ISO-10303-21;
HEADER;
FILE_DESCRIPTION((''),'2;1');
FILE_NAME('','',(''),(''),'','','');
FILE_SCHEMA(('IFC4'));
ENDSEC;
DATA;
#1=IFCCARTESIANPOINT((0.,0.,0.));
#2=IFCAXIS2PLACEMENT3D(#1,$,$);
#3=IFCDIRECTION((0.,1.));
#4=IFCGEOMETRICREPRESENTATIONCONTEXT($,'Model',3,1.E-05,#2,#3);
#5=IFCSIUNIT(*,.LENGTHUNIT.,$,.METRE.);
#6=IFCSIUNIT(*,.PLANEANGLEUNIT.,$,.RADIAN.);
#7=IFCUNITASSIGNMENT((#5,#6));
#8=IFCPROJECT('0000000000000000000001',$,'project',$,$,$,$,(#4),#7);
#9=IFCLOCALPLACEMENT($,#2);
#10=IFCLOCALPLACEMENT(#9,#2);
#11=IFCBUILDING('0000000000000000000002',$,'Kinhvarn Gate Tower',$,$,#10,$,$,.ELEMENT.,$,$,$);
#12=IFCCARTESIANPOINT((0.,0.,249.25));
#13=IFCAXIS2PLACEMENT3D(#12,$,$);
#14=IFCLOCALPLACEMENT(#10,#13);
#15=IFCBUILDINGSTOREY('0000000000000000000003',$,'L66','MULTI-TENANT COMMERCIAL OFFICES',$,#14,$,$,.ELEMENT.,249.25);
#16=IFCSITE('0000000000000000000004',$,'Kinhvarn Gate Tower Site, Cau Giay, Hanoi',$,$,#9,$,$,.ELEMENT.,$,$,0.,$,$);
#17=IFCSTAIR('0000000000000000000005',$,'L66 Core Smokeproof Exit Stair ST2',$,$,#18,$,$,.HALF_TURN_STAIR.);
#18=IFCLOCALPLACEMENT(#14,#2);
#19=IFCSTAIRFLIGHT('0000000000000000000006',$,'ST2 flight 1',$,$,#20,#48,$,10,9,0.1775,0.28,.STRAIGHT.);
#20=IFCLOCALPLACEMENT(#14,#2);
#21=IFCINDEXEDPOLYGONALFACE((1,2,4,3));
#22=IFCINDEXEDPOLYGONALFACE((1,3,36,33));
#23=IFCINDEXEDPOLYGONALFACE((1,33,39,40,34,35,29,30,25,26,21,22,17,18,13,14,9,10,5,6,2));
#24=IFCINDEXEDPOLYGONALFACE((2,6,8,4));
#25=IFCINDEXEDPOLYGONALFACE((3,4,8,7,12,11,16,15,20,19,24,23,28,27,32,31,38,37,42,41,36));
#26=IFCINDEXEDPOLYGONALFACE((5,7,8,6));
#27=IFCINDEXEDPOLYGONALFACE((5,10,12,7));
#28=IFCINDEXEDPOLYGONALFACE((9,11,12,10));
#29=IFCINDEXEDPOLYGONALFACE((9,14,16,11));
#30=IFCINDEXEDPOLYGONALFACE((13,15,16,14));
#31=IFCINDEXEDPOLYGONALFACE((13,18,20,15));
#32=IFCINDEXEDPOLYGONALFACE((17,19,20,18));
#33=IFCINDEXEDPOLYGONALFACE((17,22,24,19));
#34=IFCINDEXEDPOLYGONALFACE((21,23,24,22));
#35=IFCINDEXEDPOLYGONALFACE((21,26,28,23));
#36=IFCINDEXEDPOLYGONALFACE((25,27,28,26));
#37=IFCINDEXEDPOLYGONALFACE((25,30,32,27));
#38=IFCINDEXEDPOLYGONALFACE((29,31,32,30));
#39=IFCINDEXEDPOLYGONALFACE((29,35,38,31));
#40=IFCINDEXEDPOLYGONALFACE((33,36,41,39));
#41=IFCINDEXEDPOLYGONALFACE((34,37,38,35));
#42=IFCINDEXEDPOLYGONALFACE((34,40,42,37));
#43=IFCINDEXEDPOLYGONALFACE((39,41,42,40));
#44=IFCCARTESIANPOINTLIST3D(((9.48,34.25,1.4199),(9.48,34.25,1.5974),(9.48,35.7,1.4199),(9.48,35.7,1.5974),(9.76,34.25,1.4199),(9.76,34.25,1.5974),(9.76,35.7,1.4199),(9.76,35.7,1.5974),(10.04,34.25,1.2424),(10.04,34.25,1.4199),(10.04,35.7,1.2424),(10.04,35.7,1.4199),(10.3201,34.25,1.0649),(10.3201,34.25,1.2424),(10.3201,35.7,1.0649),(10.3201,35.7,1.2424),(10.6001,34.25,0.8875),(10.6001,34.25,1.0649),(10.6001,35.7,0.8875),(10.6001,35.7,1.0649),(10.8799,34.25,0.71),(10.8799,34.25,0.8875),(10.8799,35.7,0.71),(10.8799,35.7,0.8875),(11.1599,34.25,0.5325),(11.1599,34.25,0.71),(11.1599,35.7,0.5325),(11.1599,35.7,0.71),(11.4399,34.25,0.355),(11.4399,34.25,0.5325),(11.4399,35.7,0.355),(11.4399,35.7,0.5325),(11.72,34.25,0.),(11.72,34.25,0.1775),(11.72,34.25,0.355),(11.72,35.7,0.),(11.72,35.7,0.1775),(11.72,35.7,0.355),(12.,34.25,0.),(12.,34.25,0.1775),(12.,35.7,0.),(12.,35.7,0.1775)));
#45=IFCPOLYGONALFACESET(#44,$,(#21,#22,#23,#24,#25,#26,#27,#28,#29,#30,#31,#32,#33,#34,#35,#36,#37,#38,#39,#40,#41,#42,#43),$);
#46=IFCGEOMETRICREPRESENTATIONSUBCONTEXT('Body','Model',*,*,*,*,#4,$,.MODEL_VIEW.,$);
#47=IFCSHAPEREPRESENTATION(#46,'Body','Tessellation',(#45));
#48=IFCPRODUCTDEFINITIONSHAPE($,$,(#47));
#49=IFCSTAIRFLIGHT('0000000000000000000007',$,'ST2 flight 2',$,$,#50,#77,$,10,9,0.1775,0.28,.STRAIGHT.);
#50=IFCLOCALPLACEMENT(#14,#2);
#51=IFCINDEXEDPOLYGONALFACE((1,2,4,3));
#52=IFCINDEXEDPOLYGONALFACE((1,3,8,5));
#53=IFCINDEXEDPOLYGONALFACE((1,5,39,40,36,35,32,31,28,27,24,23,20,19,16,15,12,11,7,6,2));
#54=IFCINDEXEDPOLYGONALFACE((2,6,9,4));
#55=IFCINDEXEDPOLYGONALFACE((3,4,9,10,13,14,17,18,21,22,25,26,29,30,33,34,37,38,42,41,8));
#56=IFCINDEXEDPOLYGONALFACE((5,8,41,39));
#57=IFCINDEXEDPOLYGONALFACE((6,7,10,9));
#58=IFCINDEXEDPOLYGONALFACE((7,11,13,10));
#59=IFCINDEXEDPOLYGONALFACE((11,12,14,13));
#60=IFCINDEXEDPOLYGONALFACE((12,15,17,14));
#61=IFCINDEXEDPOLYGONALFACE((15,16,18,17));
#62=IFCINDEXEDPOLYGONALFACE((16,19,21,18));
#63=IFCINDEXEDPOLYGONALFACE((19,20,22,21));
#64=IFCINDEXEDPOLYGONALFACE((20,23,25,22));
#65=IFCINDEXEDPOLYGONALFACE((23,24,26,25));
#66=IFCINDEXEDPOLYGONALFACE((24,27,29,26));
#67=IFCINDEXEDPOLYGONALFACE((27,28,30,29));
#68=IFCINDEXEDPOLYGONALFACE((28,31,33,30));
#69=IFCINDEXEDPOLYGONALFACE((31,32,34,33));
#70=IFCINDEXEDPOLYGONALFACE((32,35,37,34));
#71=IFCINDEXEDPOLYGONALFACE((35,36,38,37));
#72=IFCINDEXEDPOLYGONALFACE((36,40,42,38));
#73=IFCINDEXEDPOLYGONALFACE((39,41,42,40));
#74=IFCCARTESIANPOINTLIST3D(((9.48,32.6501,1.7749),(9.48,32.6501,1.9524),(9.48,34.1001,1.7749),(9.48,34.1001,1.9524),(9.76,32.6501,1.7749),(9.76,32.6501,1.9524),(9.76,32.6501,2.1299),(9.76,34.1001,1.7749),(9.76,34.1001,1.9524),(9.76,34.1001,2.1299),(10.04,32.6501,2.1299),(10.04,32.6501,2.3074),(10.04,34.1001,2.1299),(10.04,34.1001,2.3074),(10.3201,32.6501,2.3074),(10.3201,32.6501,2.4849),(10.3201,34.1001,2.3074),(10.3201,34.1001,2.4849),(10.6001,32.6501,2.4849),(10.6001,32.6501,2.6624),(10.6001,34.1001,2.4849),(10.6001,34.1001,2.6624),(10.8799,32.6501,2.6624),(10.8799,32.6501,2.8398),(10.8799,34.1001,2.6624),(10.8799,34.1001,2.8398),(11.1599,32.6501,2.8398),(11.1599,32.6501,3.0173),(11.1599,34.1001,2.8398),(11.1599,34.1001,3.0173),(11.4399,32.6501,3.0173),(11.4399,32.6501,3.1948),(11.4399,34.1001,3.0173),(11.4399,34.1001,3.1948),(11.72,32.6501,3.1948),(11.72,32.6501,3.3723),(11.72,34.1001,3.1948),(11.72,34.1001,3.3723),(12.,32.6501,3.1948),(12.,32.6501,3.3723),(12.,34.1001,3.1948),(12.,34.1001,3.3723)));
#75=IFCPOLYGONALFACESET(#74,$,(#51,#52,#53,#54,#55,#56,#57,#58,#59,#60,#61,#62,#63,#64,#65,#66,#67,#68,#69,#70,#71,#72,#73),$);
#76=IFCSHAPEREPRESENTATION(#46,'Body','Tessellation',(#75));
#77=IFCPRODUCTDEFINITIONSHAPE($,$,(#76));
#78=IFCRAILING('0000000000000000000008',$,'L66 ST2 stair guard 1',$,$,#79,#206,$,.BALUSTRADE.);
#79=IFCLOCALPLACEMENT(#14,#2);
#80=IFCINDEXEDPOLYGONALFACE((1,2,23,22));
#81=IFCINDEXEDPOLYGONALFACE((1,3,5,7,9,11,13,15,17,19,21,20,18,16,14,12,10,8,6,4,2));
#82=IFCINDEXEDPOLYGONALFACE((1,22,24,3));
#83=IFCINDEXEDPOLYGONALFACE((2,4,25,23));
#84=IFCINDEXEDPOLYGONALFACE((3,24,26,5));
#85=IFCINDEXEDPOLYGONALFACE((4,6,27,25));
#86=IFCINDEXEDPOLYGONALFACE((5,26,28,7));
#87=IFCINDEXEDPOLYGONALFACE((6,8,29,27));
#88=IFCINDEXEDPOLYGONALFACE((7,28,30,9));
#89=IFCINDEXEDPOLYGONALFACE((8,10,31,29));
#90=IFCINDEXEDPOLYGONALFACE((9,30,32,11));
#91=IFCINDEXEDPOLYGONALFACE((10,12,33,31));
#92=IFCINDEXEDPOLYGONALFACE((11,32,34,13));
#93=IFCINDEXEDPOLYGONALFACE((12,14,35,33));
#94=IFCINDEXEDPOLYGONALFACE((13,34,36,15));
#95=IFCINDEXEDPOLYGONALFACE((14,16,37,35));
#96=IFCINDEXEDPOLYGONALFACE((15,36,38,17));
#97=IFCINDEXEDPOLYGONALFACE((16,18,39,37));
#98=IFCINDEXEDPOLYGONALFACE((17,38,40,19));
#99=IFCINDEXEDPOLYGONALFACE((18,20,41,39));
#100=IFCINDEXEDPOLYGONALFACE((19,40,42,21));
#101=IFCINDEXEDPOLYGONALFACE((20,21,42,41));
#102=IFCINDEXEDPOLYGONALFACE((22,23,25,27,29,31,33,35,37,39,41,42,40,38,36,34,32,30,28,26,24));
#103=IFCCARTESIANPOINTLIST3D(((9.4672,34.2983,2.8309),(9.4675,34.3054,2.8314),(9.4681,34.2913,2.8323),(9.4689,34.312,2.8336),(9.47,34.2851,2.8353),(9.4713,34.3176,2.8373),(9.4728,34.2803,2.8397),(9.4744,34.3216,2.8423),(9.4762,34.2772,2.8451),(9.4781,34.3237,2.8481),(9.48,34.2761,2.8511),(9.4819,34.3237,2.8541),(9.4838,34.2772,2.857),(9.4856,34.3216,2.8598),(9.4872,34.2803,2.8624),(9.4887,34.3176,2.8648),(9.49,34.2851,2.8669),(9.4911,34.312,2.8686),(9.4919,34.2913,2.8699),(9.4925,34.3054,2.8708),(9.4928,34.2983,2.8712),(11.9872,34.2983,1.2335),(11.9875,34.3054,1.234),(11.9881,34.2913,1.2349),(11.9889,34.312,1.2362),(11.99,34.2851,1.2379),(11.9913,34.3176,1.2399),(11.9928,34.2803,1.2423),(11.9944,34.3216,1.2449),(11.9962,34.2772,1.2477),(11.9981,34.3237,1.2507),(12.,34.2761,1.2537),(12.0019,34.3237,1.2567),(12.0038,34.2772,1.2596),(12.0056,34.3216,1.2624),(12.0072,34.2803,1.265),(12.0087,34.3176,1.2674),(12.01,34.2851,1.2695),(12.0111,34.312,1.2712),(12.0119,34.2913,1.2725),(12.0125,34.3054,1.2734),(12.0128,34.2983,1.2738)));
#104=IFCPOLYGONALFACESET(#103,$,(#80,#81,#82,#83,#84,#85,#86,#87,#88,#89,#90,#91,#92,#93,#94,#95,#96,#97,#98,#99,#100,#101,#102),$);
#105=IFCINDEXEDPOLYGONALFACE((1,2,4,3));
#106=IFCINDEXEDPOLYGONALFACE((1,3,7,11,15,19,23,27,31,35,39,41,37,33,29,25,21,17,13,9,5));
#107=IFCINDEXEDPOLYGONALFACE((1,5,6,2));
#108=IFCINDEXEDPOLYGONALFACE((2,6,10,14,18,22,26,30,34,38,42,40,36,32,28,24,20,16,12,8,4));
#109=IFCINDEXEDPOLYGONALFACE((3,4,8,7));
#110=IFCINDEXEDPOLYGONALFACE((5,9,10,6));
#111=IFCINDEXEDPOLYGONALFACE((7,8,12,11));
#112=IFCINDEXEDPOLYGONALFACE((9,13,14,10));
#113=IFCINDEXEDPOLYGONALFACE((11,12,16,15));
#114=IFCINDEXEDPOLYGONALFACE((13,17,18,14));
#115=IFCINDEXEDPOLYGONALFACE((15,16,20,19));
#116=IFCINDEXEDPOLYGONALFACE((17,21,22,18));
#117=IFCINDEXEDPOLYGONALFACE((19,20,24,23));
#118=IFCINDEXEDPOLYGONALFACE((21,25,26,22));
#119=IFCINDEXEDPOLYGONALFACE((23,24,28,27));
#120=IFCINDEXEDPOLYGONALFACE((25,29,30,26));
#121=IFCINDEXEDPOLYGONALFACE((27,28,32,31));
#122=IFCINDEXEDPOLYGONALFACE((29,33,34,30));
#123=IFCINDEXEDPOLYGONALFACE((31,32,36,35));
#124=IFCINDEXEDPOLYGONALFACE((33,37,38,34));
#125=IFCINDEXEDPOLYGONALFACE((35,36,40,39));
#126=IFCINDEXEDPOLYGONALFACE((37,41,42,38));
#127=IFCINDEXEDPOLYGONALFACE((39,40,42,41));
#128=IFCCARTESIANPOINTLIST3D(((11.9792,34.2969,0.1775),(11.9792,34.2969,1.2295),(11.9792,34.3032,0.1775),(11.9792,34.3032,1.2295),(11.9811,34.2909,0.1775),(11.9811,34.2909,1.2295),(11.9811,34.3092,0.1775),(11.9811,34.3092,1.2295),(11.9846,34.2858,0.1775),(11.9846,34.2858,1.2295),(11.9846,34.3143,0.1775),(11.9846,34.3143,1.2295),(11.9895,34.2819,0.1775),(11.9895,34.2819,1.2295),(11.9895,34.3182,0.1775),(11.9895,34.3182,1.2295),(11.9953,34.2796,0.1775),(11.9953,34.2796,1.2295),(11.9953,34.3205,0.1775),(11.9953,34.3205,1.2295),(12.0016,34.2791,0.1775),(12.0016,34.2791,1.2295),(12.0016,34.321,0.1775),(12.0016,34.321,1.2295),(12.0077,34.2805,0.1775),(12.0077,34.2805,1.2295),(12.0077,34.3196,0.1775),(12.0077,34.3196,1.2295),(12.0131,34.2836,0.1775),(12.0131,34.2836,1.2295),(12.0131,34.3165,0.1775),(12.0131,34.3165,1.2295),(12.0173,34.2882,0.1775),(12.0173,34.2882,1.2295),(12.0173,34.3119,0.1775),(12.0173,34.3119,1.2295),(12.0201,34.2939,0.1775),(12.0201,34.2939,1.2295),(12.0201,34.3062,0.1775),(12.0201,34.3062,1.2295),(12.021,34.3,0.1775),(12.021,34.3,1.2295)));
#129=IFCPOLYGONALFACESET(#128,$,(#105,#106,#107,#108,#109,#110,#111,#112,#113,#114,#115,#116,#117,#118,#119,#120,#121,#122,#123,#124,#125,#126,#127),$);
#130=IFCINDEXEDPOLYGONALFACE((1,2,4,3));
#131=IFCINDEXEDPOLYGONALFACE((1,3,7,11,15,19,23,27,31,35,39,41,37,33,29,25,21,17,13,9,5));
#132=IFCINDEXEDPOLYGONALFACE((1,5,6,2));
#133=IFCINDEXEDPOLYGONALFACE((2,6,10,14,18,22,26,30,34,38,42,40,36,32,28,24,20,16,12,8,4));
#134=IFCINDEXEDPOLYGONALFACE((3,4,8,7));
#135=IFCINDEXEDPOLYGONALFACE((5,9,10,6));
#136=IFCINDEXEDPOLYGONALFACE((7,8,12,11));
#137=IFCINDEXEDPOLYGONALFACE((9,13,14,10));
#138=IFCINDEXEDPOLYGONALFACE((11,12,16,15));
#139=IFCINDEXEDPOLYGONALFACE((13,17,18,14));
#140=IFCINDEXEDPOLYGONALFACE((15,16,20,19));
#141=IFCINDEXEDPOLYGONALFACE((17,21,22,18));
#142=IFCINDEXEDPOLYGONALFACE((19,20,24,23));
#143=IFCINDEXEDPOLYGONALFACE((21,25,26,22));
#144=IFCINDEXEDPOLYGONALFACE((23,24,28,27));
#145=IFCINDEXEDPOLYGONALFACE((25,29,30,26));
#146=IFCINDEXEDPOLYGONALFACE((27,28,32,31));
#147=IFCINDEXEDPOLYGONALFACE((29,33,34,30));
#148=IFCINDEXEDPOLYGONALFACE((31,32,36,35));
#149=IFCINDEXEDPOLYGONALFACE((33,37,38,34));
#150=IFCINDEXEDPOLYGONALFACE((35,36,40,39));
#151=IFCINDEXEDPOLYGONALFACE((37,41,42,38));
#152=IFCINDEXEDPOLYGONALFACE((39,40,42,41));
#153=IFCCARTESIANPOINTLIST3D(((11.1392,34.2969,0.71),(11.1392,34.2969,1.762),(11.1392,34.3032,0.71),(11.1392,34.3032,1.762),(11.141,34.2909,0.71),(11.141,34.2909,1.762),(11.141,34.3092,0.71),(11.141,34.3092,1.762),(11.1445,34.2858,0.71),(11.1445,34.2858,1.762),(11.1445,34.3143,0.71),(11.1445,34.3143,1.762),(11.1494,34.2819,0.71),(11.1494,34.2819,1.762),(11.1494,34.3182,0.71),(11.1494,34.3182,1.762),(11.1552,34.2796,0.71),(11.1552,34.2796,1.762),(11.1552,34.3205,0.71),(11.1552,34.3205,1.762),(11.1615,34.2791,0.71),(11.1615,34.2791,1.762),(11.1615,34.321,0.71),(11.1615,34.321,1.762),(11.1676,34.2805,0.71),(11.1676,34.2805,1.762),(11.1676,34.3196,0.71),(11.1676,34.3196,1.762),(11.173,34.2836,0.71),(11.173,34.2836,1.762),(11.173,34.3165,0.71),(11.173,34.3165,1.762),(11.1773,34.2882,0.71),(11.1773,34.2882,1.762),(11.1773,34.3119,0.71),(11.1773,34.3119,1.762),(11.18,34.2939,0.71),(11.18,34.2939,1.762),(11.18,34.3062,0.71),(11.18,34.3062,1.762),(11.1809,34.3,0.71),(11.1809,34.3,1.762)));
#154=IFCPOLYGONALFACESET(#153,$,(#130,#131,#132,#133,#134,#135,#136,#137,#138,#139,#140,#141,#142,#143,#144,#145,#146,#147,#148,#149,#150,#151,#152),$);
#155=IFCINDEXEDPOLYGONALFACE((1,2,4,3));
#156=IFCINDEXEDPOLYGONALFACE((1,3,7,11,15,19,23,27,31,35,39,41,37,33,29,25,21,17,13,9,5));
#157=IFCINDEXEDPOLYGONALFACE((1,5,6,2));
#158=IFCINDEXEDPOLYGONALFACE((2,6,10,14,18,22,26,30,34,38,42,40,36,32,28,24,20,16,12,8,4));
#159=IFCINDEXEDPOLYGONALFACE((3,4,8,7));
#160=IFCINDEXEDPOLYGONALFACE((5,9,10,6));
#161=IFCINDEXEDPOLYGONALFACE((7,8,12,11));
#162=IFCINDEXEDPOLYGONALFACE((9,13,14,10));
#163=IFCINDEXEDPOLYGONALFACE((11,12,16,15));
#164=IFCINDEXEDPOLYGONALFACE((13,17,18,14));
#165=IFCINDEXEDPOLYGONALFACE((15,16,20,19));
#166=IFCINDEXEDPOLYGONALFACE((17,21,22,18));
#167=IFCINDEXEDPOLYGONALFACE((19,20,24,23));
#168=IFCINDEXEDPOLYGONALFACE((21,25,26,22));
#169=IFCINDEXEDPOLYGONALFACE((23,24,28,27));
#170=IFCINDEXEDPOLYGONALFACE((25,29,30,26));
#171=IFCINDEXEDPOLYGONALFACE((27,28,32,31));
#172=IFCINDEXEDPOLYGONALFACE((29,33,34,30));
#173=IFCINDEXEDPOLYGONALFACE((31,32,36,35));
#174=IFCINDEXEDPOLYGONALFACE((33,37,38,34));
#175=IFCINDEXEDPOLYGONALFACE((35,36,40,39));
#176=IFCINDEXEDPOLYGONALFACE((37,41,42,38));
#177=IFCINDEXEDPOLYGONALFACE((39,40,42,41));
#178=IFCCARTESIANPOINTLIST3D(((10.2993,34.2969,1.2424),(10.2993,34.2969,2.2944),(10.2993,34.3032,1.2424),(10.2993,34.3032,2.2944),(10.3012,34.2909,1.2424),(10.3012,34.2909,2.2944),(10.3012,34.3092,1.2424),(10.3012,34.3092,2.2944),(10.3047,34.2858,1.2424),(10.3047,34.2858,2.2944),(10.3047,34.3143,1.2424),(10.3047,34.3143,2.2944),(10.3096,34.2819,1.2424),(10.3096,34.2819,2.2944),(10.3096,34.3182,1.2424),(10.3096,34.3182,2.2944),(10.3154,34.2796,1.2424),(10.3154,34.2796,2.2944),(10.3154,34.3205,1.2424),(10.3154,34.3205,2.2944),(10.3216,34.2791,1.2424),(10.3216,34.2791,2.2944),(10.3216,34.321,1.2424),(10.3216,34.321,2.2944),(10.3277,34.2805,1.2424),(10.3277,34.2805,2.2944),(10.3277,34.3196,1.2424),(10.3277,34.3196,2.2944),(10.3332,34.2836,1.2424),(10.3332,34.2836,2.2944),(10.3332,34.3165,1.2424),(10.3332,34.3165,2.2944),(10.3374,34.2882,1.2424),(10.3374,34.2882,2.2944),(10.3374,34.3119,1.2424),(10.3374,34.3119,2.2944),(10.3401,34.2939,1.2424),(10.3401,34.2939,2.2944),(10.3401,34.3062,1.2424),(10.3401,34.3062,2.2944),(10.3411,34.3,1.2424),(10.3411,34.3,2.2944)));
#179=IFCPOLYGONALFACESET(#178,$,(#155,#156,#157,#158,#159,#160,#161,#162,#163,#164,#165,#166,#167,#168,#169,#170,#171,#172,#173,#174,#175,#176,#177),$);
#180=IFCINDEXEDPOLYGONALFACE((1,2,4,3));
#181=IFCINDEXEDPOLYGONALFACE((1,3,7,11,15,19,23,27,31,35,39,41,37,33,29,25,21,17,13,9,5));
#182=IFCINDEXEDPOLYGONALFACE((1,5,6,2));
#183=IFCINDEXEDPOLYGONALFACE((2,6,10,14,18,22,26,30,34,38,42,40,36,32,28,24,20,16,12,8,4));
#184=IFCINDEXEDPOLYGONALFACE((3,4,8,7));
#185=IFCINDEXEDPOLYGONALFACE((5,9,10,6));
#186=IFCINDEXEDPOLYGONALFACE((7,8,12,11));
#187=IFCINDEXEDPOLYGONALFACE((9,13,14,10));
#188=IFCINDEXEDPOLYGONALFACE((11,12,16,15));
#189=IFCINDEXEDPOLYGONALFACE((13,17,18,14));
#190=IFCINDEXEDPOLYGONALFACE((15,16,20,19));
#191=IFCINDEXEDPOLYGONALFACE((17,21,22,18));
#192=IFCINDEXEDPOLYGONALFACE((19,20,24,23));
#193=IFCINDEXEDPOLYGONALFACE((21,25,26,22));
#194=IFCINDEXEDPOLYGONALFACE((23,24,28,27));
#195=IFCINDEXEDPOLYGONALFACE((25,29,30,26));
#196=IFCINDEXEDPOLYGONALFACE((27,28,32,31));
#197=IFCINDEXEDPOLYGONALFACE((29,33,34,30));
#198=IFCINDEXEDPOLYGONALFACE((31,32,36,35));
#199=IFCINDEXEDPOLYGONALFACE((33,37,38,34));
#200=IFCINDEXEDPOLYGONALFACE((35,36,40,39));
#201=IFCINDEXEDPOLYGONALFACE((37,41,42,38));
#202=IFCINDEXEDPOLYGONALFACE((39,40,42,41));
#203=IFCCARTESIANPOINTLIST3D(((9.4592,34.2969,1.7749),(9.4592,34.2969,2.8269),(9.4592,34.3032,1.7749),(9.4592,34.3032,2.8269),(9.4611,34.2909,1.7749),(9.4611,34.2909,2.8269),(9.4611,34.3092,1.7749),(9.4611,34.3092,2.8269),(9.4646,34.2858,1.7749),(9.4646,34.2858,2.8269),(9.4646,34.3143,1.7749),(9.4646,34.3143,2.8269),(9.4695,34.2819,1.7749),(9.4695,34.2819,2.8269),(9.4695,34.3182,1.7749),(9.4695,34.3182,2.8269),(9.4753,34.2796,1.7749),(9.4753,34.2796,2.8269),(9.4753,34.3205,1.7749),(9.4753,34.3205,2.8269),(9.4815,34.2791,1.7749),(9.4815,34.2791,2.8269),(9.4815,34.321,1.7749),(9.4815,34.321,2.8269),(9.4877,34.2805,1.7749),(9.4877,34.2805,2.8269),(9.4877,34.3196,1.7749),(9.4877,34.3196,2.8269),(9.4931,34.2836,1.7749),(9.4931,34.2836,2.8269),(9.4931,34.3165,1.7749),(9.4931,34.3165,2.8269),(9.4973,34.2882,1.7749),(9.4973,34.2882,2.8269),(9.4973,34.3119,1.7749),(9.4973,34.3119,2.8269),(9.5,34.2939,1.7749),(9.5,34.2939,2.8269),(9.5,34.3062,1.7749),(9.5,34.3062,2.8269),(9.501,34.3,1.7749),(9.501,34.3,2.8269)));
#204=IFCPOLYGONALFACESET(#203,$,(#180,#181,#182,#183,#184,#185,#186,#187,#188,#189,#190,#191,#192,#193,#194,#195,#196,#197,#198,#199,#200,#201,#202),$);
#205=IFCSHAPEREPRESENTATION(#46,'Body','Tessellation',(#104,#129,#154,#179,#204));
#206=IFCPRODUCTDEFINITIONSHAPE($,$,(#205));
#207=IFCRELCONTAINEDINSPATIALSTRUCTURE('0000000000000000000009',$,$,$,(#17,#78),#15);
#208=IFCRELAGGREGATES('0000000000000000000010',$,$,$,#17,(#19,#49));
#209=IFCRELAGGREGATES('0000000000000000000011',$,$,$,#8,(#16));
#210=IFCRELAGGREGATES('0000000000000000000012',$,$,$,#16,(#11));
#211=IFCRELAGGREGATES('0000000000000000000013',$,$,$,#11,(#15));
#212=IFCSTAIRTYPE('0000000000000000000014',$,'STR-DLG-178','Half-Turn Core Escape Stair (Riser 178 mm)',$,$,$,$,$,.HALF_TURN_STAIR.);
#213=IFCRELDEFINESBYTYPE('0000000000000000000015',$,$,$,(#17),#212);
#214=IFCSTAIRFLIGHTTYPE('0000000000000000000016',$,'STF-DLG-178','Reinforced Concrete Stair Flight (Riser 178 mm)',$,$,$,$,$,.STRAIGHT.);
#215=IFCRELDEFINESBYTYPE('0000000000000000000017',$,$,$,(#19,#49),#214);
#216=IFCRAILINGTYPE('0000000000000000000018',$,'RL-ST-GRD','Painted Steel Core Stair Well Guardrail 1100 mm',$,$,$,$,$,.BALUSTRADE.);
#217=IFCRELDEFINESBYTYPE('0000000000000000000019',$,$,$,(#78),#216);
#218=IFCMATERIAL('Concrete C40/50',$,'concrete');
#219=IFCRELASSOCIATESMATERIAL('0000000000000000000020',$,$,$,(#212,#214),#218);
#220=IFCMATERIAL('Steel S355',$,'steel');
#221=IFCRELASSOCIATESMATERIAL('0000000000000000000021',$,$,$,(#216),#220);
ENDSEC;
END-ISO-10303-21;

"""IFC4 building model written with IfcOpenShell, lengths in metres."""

from ifc_helpers import new_model, si_unit, direction, frame, origin, origin_2d, place, context, subcontext, project, spatial, polyline, circle, outline, extrude, material, type_object, element, aggregate, save


model = new_model("IFC4")

# Units and contexts
model_context = context("Model", 3, precision=1e-05, world=origin(), true_north=direction((0.0, 1.0)))
body_context = subcontext(model_context, "Body", "Model", "MODEL_VIEW")
ifc_project = project(units=[si_unit("LENGTHUNIT", "METRE"), si_unit("PLANEANGLEUNIT", "RADIAN")], contexts=[model_context])

# Site, building, storey
site_placement = place(None, origin())
site = spatial("IfcSite", under=ifc_project, at=site_placement, Name="Kinhvarn Gate Tower Site, Cau Giay, Hanoi", CompositionType="ELEMENT", RefElevation=0.0)
building_placement = place(site_placement, origin())
building = spatial("IfcBuilding", under=site, at=building_placement, Name="Kinhvarn Gate Tower", CompositionType="ELEMENT")
storey_placement = place(building_placement, frame((0.0, 0.0, 249.25)))
storey = spatial("IfcBuildingStorey", under=building, at=storey_placement, Name="L66", Description="MULTI-TENANT COMMERCIAL OFFICES", CompositionType="ELEMENT", Elevation=249.25)

# Shared definitions
ifc_material_1 = material(Name="Concrete C40/50", Category="concrete")

# Stair, stair flights
stair_type = type_object("IfcStairType", Name="STR-DLG-178", Description="Half-Turn Core Escape Stair (Riser 178 mm)", PredefinedType="HALF_TURN_STAIR", material=ifc_material_1)
stair_placement = place(storey_placement, origin())
stair = element("IfcStair", 1, at=stair_placement, inside=storey, type_object=stair_type, Name="L66 Core Smokeproof Exit Stair ST2", PredefinedType="HALF_TURN_STAIR")
stair_flight_type = type_object("IfcStairFlightType", Name="STF-DLG-178", Description="Reinforced Concrete Stair Flight (Riser 178 mm)", PredefinedType="STRAIGHT", material=ifc_material_1)
stair_flight_1_placement = place(storey_placement, frame((12.0, 34.9751, 0.0), z_axis=(0.0, 0.0, 1.0), x_axis=(-1.0, 0.0, 0.0)))
stair_flight_1 = element("IfcStairFlight", 2, at=stair_flight_1_placement, type_object=stair_flight_type, Name="ST2 flight 1", NumberOfRisers=10, NumberOfTreads=9, PredefinedType="STRAIGHT", RiserHeight=0.1775, TreadLength=0.28, context=body_context, shape_type="SweptSolid", body=[
    extrude(outline(polyline([(0.0, 0.0), (0.0, 0.1775), (0.28, 0.1775), (0.28, 0.355), (0.5601, 0.355), (0.5601, 0.5325), (0.8401, 0.5325), (0.8401, 0.71), (1.1201, 0.71), (1.1201, 0.8875), (1.3999, 0.8875), (1.3999, 1.0649), (1.6799, 1.0649), (1.6799, 1.2424), (1.96, 1.2424), (1.96, 1.4199), (2.24, 1.4199), (2.24, 1.5974), (2.52, 1.5974), (2.52, 1.7749), (2.52, 1.4199), (0.28, 0.0), (0.0, 0.0)])), frame((0.0, 0.7251, 0.0), z_axis=(0.0, -1.0, 0.0), x_axis=(1.0, 0.0, 0.0)), (0.0, 0.0, 1.0), 1.45),
])
stair_flight_2_placement = place(storey_placement, frame((9.48, 33.375, 1.7749), z_axis=(0.0, 0.0, 1.0), x_axis=(1.0, 0.0, 0.0)))
stair_flight_2 = element("IfcStairFlight", 3, at=stair_flight_2_placement, type_object=stair_flight_type, Name="ST2 flight 2", NumberOfRisers=10, NumberOfTreads=9, PredefinedType="STRAIGHT", RiserHeight=0.1775, TreadLength=0.28, context=body_context, shape_type="SweptSolid", body=[
    extrude(outline(polyline([(0.0, 0.0), (0.0, 0.1775), (0.28, 0.1775), (0.28, 0.355), (0.5601, 0.355), (0.5601, 0.5325), (0.8401, 0.5325), (0.8401, 0.71), (1.1201, 0.71), (1.1201, 0.8875), (1.3999, 0.8875), (1.3999, 1.0649), (1.6799, 1.0649), (1.6799, 1.2424), (1.96, 1.2424), (1.96, 1.4199), (2.24, 1.4199), (2.24, 1.5974), (2.52, 1.5974), (2.52, 1.7749), (2.52, 1.4199), (0.28, 0.0), (0.0, 0.0)])), frame((0.0, 0.7251, 0.0), z_axis=(0.0, -1.0, 0.0), x_axis=(1.0, 0.0, 0.0)), (0.0, 0.0, 1.0), 1.45),
])
aggregate(stair, [stair_flight_1, stair_flight_2])

# Railing
ifc_material_2 = material(Name="Steel S355", Category="steel")
railing_type_1 = type_object("IfcRailingType", Name="RL-ST-GRD", Description="Painted Steel Core Stair Well Guardrail 1100 mm", PredefinedType="BALUSTRADE", material=ifc_material_2)
railing_1_placement = place(storey_placement, frame((12.0, 34.3, 0.1775)))
element("IfcRailing", 4, at=railing_1_placement, inside=storey, type_object=railing_type_1, Name="L66 ST2 stair guard 1", PredefinedType="BALUSTRADE", context=body_context, shape_type="SweptSolid", body=[
    extrude(circle(Radius=0.0239, at=origin_2d()), frame((0.0, 0.0, 1.0762), z_axis=(-0.844607, 0.0, 0.535387), x_axis=(0.0, -1.0, 0.0)), (0.0, 0.0, 1.0), 2.9836),
    extrude(circle(Radius=0.021, at=origin_2d()), origin(), (0.0, 0.0, 1.0), 1.052),
    extrude(circle(Radius=0.021, at=origin_2d()), frame((-0.8401, 0.0, 0.5325)), (0.0, 0.0, 1.0), 1.052),
    extrude(circle(Radius=0.021, at=origin_2d()), frame((-1.6799, 0.0, 1.0649)), (0.0, 0.0, 1.0), 1.052),
    extrude(circle(Radius=0.021, at=origin_2d()), frame((-2.52, 0.0, 1.5974)), (0.0, 0.0, 1.0), 1.052),
])

save(model, "model.ifc")
